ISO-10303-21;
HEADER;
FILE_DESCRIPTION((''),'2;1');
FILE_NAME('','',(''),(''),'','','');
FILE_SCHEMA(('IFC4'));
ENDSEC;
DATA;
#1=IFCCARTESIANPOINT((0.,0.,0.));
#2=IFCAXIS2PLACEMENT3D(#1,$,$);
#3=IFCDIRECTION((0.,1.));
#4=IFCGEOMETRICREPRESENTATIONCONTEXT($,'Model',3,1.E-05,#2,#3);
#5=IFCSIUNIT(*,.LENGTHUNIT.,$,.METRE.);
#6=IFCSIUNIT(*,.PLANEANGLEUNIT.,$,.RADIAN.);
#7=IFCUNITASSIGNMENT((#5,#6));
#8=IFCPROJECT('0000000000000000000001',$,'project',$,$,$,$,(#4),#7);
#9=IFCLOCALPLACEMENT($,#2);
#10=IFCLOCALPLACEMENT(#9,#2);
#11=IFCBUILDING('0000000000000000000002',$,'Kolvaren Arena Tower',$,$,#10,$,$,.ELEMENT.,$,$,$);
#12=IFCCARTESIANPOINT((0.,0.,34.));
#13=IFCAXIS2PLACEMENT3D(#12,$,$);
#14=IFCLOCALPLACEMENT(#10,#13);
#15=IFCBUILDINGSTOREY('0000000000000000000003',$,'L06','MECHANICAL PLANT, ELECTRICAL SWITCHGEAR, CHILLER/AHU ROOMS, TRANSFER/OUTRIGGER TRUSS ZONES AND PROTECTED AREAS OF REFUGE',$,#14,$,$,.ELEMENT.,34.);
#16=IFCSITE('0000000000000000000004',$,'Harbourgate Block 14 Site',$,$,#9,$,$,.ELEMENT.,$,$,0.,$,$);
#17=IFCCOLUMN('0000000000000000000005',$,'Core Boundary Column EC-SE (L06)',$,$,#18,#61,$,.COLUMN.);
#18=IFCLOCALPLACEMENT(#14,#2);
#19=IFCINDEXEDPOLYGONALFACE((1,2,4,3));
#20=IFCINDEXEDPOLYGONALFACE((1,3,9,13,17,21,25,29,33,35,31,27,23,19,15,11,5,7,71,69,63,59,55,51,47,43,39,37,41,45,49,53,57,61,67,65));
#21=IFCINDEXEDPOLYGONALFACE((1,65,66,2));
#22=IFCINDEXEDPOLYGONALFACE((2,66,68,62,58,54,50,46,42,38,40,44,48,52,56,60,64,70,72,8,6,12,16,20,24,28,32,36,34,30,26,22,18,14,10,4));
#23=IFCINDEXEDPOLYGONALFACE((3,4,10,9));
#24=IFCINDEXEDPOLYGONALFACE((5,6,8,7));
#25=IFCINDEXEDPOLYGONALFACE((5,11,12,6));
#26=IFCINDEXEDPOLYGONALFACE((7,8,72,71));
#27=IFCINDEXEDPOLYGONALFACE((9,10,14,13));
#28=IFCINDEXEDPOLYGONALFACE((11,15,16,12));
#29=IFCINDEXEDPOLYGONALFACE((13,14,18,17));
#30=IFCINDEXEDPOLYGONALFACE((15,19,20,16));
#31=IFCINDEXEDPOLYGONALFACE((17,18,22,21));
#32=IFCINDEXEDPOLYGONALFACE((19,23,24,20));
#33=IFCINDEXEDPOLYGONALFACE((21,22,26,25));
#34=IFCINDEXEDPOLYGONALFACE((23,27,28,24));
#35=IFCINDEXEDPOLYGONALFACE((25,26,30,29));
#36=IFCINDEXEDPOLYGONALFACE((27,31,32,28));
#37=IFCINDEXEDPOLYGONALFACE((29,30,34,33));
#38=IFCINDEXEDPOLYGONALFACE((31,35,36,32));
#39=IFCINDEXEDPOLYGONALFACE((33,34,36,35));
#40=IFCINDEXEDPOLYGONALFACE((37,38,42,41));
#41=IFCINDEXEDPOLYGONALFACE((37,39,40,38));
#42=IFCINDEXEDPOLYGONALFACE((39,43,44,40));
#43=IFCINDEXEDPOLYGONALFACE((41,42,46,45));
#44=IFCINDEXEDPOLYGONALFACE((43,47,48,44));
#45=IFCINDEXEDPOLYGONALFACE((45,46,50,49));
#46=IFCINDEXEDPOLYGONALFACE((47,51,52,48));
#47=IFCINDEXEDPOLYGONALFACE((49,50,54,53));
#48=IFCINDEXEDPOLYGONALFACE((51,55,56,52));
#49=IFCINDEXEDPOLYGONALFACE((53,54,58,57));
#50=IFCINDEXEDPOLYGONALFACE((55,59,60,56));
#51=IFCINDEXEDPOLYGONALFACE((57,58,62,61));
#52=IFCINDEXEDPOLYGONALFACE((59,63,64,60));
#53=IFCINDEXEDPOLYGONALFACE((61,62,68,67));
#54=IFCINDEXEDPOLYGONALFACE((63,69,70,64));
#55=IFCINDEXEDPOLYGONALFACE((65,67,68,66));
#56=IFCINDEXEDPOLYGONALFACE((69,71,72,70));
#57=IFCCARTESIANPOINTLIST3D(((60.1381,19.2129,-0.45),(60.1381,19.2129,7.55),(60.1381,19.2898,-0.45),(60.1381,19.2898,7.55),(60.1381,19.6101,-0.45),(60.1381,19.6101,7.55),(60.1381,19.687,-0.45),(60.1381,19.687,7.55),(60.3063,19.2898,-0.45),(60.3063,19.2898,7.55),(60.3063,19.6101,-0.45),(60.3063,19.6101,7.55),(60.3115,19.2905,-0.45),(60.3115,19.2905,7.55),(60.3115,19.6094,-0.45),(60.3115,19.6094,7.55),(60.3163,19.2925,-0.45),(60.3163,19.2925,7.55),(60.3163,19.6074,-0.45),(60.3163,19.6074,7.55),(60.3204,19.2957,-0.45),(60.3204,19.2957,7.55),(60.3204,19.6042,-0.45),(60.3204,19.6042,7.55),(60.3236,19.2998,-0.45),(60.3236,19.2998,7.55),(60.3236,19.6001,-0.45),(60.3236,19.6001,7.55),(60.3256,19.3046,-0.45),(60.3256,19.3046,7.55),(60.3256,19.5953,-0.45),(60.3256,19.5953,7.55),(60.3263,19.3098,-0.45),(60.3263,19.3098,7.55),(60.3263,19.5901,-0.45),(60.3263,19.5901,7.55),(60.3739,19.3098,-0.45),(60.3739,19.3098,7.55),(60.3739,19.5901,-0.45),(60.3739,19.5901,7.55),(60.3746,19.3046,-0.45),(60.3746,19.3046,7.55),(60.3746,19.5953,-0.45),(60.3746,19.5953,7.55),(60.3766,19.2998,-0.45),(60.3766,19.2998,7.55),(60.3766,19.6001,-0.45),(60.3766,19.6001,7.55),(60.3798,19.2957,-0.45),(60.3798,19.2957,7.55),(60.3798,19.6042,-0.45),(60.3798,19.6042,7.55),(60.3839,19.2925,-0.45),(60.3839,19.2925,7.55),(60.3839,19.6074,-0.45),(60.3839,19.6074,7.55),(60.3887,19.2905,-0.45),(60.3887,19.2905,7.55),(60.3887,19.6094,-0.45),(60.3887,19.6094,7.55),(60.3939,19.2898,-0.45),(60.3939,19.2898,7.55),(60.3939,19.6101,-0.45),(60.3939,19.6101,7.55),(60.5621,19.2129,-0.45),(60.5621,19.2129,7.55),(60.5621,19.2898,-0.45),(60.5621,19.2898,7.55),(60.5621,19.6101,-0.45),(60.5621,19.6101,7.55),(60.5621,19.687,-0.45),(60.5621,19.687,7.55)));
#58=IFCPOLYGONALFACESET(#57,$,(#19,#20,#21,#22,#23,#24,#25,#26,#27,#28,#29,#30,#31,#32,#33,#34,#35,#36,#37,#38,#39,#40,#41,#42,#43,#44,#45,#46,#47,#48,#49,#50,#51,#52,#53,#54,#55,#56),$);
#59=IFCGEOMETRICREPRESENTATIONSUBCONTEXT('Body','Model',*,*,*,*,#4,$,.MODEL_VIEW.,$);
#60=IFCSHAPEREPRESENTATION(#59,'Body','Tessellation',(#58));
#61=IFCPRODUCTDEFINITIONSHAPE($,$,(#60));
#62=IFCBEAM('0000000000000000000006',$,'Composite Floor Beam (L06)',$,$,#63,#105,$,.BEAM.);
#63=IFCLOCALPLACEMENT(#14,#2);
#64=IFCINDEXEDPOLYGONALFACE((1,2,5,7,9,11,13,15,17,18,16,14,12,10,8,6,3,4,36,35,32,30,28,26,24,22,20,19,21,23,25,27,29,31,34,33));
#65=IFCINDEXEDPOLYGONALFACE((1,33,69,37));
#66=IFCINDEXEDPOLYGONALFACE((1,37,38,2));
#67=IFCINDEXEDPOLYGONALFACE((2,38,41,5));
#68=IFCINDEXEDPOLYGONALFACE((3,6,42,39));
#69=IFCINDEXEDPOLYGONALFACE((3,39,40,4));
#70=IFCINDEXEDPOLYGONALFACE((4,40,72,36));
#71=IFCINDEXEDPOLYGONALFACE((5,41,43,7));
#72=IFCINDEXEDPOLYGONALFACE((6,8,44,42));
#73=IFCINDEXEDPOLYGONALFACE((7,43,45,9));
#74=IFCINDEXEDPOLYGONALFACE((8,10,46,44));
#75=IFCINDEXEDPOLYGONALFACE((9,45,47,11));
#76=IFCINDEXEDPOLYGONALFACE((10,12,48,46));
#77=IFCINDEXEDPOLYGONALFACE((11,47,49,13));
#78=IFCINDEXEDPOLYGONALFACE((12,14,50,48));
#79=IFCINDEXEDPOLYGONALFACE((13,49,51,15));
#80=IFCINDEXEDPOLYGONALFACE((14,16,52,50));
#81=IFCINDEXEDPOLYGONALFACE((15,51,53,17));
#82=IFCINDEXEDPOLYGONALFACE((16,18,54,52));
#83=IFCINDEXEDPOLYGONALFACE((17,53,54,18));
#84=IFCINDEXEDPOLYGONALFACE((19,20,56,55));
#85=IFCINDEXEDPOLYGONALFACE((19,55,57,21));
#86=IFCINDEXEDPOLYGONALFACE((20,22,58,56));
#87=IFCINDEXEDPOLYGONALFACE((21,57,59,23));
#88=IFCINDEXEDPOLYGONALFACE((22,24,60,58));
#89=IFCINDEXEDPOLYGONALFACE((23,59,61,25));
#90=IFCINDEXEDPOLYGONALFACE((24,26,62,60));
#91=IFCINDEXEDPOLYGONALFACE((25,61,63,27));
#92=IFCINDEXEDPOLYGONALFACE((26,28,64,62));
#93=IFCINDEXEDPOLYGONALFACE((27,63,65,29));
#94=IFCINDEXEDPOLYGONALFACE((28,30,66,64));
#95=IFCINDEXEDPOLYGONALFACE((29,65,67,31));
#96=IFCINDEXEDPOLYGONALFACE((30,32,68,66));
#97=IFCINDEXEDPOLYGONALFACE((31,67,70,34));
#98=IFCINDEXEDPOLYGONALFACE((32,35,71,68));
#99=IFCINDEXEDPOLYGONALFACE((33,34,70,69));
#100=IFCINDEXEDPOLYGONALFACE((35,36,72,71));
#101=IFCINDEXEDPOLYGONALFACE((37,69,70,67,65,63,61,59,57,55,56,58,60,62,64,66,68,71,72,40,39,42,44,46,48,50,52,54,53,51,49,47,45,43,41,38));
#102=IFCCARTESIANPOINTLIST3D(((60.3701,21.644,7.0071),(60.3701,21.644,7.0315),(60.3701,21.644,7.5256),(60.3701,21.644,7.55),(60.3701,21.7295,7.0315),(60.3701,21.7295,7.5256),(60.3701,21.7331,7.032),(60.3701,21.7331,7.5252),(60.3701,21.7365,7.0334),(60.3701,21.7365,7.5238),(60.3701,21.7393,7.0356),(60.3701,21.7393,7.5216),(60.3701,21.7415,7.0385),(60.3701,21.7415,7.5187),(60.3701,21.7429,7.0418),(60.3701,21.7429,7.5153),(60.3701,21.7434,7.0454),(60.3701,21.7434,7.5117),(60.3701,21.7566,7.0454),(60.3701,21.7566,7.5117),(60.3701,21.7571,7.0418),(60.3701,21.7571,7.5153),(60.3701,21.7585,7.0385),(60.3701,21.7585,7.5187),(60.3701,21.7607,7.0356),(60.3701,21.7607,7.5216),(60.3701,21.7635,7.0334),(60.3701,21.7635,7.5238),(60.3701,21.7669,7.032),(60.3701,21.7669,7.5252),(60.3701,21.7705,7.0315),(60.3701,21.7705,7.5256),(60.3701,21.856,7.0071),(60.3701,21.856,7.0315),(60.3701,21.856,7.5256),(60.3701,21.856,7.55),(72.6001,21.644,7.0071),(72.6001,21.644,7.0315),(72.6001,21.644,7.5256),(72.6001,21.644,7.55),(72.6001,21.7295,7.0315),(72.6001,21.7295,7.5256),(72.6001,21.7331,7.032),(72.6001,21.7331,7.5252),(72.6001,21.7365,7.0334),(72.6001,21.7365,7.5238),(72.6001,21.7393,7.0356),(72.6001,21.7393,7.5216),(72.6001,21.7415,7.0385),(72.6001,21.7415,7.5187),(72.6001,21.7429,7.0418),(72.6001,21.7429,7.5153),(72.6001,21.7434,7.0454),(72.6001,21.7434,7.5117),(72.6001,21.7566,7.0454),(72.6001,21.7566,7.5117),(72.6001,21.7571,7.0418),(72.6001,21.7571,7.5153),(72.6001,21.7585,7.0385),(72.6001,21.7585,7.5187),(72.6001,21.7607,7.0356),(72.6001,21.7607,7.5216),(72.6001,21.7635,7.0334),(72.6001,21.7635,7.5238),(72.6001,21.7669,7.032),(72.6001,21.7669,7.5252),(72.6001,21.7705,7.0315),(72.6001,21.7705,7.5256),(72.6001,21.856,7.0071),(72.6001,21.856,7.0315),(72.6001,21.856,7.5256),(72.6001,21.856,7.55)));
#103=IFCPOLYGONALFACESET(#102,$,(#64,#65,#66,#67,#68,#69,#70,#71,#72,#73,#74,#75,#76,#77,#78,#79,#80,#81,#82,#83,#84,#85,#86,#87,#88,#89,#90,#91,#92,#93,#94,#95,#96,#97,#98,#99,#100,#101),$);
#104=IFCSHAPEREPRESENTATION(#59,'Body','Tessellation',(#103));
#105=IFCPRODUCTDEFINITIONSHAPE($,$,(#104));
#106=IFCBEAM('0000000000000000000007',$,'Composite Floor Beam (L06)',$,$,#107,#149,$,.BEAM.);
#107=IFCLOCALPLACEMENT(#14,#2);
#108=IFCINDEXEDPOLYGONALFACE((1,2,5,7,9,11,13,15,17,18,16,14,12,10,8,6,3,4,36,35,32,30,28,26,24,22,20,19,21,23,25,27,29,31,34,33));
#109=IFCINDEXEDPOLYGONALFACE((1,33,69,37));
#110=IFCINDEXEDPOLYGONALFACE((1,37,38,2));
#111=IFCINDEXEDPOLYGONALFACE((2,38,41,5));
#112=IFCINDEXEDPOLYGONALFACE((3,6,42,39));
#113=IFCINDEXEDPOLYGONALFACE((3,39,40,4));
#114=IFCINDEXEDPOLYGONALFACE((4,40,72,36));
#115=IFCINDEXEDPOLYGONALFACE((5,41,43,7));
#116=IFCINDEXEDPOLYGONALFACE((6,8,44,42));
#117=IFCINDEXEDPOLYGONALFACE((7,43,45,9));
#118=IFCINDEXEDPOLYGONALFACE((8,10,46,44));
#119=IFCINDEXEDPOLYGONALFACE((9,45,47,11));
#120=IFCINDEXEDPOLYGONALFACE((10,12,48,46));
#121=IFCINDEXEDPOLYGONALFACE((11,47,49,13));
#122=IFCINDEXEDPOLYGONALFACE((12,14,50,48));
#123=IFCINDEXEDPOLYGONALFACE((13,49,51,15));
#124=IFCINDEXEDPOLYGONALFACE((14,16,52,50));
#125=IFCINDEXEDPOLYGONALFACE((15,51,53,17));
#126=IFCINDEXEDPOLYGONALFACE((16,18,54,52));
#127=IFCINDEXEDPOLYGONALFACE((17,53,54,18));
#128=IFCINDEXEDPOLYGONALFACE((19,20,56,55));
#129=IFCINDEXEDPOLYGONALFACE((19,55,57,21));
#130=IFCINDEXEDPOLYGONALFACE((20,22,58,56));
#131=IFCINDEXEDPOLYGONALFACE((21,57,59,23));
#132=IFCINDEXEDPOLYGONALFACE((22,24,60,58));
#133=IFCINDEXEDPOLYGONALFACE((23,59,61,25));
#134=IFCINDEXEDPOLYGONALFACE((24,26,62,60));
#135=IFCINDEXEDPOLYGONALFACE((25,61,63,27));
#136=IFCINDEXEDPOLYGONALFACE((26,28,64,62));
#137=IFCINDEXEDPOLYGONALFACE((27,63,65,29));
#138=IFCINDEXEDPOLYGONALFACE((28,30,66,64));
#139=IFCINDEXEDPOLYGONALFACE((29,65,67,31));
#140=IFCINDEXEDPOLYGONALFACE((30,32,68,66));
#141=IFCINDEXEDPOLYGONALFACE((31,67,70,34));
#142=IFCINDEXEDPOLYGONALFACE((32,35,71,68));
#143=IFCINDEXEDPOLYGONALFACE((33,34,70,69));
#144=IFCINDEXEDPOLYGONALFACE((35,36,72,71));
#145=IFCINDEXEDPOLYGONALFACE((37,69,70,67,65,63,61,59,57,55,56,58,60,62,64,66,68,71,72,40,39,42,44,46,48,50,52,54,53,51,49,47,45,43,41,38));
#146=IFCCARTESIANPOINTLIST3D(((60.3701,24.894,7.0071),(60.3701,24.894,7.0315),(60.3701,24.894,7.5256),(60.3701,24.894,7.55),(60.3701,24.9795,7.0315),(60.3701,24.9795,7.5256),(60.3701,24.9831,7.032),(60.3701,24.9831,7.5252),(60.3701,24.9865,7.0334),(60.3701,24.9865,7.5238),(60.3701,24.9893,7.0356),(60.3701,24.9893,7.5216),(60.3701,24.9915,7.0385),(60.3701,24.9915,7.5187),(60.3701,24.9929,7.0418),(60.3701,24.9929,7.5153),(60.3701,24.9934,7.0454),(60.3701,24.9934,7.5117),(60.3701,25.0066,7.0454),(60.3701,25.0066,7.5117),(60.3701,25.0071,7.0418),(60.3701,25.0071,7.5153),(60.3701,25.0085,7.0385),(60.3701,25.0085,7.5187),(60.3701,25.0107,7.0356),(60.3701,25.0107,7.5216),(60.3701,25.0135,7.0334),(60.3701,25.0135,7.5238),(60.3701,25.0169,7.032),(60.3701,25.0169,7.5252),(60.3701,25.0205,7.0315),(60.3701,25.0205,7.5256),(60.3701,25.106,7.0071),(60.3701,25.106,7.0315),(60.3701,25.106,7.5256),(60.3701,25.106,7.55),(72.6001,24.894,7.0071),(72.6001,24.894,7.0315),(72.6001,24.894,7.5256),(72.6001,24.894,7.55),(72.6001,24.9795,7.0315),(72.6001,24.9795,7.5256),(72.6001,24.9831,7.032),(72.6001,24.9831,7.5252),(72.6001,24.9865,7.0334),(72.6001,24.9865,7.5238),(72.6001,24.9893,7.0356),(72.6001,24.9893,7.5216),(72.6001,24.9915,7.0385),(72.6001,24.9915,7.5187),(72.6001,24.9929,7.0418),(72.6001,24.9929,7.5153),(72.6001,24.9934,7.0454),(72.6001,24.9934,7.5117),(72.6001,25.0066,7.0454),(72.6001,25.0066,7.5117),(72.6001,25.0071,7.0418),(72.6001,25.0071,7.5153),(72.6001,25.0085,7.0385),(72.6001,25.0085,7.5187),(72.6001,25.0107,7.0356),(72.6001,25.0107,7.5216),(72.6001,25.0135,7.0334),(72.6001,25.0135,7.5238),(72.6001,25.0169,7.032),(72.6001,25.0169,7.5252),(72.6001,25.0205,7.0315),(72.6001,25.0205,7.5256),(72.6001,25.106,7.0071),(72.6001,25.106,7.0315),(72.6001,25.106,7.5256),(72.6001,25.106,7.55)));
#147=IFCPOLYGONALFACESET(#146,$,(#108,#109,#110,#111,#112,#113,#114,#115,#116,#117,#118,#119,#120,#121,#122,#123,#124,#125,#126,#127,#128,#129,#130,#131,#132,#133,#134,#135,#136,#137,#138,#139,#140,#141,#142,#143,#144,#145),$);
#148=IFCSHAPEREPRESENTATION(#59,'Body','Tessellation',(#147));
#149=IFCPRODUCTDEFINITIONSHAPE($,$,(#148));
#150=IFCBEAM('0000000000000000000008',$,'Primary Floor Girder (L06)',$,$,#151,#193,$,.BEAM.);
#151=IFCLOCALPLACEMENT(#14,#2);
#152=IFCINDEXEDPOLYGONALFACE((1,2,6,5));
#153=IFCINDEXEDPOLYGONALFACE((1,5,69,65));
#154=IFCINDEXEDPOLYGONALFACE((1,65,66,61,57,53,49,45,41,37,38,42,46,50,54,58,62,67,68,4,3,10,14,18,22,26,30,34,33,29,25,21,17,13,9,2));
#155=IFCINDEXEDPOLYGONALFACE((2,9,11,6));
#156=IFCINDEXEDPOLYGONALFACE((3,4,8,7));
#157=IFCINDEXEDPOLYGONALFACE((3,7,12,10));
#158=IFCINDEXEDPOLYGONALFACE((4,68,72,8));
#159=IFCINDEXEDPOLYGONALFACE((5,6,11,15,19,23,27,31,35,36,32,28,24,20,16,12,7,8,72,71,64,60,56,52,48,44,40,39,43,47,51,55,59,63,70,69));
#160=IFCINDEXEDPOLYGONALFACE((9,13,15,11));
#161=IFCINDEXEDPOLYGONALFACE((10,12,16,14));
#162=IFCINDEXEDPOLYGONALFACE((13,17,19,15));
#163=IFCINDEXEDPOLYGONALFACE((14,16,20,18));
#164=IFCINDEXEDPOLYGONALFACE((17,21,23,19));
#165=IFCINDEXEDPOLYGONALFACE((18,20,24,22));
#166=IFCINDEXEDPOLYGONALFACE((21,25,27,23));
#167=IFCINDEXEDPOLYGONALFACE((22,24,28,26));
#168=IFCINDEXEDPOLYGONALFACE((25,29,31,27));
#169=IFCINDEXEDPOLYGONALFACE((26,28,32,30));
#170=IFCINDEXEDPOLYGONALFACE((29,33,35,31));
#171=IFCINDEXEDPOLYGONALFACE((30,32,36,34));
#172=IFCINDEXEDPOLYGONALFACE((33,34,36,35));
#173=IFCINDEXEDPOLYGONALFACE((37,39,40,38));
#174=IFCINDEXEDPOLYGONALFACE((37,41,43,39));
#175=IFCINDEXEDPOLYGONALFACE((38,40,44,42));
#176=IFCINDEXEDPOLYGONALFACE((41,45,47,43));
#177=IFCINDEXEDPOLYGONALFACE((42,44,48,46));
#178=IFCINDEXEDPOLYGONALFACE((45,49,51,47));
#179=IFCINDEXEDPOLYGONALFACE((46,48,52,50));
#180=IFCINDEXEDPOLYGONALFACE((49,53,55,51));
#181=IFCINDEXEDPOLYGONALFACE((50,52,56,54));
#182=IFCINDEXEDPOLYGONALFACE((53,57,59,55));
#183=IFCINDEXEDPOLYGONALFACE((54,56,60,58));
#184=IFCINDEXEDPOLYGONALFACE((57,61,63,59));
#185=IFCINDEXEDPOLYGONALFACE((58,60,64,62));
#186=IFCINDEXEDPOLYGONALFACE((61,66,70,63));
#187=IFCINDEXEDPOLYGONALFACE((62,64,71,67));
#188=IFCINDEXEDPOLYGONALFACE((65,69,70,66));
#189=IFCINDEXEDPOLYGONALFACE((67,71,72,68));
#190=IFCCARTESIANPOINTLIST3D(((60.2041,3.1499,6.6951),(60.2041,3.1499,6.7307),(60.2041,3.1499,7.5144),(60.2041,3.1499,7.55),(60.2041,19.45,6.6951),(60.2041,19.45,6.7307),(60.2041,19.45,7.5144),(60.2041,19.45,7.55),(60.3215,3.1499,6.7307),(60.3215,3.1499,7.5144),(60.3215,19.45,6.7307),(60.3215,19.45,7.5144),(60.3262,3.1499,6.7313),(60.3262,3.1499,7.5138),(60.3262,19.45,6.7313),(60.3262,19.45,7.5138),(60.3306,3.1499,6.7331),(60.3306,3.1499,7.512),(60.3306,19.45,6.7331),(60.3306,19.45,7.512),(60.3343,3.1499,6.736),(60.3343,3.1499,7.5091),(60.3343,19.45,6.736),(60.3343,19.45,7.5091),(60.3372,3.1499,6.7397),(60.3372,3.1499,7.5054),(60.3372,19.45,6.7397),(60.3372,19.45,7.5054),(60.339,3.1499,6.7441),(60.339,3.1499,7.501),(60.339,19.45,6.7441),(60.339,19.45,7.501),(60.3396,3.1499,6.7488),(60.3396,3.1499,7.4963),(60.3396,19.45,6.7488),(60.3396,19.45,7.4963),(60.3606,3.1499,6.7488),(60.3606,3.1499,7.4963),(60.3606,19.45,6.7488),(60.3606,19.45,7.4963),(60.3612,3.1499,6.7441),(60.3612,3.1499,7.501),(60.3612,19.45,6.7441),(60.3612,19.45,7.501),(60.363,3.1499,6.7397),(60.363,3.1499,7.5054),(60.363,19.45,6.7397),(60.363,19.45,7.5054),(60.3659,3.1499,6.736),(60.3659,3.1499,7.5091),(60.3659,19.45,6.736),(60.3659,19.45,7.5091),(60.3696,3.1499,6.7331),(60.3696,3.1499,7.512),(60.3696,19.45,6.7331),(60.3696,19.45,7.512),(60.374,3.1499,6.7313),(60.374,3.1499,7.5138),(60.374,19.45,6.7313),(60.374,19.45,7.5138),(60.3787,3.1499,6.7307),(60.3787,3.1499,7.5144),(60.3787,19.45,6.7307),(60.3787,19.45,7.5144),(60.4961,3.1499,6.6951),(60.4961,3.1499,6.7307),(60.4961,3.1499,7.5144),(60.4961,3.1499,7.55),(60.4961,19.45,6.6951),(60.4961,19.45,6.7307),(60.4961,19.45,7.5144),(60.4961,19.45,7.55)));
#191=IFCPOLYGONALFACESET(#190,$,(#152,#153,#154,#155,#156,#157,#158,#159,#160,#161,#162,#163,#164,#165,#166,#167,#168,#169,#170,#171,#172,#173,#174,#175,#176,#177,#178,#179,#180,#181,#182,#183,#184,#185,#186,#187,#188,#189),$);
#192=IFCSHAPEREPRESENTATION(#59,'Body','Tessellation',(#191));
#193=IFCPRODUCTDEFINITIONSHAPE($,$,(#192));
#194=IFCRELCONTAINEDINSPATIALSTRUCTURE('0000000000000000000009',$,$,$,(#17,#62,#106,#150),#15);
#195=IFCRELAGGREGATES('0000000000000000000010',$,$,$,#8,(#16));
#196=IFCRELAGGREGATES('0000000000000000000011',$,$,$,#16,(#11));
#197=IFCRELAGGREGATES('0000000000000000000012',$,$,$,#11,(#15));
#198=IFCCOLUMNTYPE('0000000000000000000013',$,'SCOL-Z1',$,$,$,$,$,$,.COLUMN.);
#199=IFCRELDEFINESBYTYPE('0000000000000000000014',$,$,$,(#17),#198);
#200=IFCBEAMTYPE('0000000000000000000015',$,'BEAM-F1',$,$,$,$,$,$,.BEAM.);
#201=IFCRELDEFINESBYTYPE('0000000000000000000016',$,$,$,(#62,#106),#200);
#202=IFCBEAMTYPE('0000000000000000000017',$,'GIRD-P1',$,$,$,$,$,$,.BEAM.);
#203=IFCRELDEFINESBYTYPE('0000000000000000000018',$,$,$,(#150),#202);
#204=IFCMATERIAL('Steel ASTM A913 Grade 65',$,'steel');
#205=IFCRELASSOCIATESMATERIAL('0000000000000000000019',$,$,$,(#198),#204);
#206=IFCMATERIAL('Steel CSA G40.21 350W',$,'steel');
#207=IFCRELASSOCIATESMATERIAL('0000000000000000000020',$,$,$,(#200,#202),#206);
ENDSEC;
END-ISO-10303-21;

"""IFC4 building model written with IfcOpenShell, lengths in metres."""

from ifc_helpers import new_model, si_unit, direction, frame, origin, origin_2d, place, context, subcontext, project, spatial, i_section, extrude, material, material_profile, profile_set, type_object, element, save


model = new_model("IFC4")

# Units and contexts
model_context = context("Model", 3, precision=1e-05, world=origin(), true_north=direction((0.0, 1.0)))
body_context = subcontext(model_context, "Body", "Model", "MODEL_VIEW")
ifc_project = project(units=[si_unit("LENGTHUNIT", "METRE"), si_unit("PLANEANGLEUNIT", "RADIAN")], contexts=[model_context])

# Site, building, storey
site_placement = place(None, origin())
site = spatial("IfcSite", under=ifc_project, at=site_placement, Name="Harbourgate Block 14 Site", CompositionType="ELEMENT", RefElevation=0.0)
building_placement = place(site_placement, origin())
building = spatial("IfcBuilding", under=site, at=building_placement, Name="Kolvaren Arena Tower", CompositionType="ELEMENT")
storey_placement = place(building_placement, frame((0.0, 0.0, 34.0)))
storey = spatial("IfcBuildingStorey", under=building, at=storey_placement, Name="L06", Description="MECHANICAL PLANT, ELECTRICAL SWITCHGEAR, CHILLER/AHU ROOMS, TRANSFER/OUTRIGGER TRUSS ZONES AND PROTECTED AREAS OF REFUGE", CompositionType="ELEMENT", Elevation=34.0)

# Column
ifc_material_1 = material(Name="Steel ASTM A913 Grade 65", Category="steel")
ifc_material_profile_1 = material_profile(ifc_material_1, i_section(OverallWidth=0.4241, OverallDepth=0.4741, WebThickness=0.0476, FlangeThickness=0.0769, FilletRadius=0.02, at=origin_2d()), Name="W360x634")
ifc_profile_set_1 = profile_set([ifc_material_profile_1], Name="Steel ASTM A913 Grade 65")
column_type = type_object("IfcColumnType", Name="SCOL-Z1", PredefinedType="COLUMN", material=ifc_profile_set_1)
column_placement = place(storey_placement, frame((60.3501, 19.45, -0.45), z_axis=(0.0, 0.0, 1.0), x_axis=(1.0, 0.0, 0.0)))
element("IfcColumn", 1, at=column_placement, inside=storey, type_object=column_type, Name="Core Boundary Column EC-SE (L06)", PredefinedType="COLUMN", context=body_context, shape_type="SweptSolid", body=[
    extrude(i_section(OverallWidth=0.4241, OverallDepth=0.4741, WebThickness=0.0476, FlangeThickness=0.0769, FilletRadius=0.02, at=origin_2d()), origin(), (0.0, 0.0, 1.0), 8.0),
])

# Beams
ifc_material_2 = material(Name="Steel CSA G40.21 350W", Category="steel")
ifc_material_profile_2 = material_profile(ifc_material_2, i_section(OverallWidth=0.2119, OverallDepth=0.543, WebThickness=0.0132, FlangeThickness=0.0244, FilletRadius=0.0139, at=origin_2d()), Name="W530x150")
ifc_profile_set_2 = profile_set([ifc_material_profile_2], Name="Steel CSA G40.21 350W")
beam_type_1 = type_object("IfcBeamType", Name="BEAM-F1", PredefinedType="BEAM", material=ifc_profile_set_2)
for number, where, z_axis, x_axis, name in (
    (2, (60.3701, 21.75, 7.2786), (1.0, 0.0, 0.0), (0.0, 1.0, 0.0), "Composite Floor Beam (L06)"),
    (3, (60.3701, 25.0, 7.2786), (1.0, 0.0, 0.0), (0.0, 1.0, 0.0), "Composite Floor Beam (L06)"),
):
    element("IfcBeam", number, at=place(storey_placement, frame(where, z_axis=z_axis, x_axis=x_axis)), inside=storey, type_object=beam_type_1, Name=name, PredefinedType="BEAM", context=body_context, shape_type="SweptSolid", body=[
        extrude(i_section(OverallWidth=0.2119, OverallDepth=0.543, WebThickness=0.0132, FlangeThickness=0.0244, FilletRadius=0.0139, at=origin_2d()), origin(), (0.0, 0.0, 1.0), 12.23),
    ])
ifc_material_profile_3 = material_profile(ifc_material_2, i_section(OverallWidth=0.292, OverallDepth=0.855, WebThickness=0.021, FlangeThickness=0.0356, FilletRadius=0.0181, at=origin_2d()), Name="W840x299")
ifc_profile_set_3 = profile_set([ifc_material_profile_3], Name="Steel CSA G40.21 350W")
beam_type_2 = type_object("IfcBeamType", Name="GIRD-P1", PredefinedType="BEAM", material=ifc_profile_set_3)
beam_1_placement = place(storey_placement, frame((60.3501, 3.1499, 7.1226), z_axis=(0.0, 1.0, 0.0), x_axis=(-1.0, 0.0, 0.0)))
element("IfcBeam", 4, at=beam_1_placement, inside=storey, type_object=beam_type_2, Name="Primary Floor Girder (L06)", PredefinedType="BEAM", context=body_context, shape_type="SweptSolid", body=[
    extrude(i_section(OverallWidth=0.292, OverallDepth=0.855, WebThickness=0.021, FlangeThickness=0.0356, FilletRadius=0.0181, at=origin_2d()), origin(), (0.0, 0.0, 1.0), 16.3),
])

save(model, "model.ifc")
